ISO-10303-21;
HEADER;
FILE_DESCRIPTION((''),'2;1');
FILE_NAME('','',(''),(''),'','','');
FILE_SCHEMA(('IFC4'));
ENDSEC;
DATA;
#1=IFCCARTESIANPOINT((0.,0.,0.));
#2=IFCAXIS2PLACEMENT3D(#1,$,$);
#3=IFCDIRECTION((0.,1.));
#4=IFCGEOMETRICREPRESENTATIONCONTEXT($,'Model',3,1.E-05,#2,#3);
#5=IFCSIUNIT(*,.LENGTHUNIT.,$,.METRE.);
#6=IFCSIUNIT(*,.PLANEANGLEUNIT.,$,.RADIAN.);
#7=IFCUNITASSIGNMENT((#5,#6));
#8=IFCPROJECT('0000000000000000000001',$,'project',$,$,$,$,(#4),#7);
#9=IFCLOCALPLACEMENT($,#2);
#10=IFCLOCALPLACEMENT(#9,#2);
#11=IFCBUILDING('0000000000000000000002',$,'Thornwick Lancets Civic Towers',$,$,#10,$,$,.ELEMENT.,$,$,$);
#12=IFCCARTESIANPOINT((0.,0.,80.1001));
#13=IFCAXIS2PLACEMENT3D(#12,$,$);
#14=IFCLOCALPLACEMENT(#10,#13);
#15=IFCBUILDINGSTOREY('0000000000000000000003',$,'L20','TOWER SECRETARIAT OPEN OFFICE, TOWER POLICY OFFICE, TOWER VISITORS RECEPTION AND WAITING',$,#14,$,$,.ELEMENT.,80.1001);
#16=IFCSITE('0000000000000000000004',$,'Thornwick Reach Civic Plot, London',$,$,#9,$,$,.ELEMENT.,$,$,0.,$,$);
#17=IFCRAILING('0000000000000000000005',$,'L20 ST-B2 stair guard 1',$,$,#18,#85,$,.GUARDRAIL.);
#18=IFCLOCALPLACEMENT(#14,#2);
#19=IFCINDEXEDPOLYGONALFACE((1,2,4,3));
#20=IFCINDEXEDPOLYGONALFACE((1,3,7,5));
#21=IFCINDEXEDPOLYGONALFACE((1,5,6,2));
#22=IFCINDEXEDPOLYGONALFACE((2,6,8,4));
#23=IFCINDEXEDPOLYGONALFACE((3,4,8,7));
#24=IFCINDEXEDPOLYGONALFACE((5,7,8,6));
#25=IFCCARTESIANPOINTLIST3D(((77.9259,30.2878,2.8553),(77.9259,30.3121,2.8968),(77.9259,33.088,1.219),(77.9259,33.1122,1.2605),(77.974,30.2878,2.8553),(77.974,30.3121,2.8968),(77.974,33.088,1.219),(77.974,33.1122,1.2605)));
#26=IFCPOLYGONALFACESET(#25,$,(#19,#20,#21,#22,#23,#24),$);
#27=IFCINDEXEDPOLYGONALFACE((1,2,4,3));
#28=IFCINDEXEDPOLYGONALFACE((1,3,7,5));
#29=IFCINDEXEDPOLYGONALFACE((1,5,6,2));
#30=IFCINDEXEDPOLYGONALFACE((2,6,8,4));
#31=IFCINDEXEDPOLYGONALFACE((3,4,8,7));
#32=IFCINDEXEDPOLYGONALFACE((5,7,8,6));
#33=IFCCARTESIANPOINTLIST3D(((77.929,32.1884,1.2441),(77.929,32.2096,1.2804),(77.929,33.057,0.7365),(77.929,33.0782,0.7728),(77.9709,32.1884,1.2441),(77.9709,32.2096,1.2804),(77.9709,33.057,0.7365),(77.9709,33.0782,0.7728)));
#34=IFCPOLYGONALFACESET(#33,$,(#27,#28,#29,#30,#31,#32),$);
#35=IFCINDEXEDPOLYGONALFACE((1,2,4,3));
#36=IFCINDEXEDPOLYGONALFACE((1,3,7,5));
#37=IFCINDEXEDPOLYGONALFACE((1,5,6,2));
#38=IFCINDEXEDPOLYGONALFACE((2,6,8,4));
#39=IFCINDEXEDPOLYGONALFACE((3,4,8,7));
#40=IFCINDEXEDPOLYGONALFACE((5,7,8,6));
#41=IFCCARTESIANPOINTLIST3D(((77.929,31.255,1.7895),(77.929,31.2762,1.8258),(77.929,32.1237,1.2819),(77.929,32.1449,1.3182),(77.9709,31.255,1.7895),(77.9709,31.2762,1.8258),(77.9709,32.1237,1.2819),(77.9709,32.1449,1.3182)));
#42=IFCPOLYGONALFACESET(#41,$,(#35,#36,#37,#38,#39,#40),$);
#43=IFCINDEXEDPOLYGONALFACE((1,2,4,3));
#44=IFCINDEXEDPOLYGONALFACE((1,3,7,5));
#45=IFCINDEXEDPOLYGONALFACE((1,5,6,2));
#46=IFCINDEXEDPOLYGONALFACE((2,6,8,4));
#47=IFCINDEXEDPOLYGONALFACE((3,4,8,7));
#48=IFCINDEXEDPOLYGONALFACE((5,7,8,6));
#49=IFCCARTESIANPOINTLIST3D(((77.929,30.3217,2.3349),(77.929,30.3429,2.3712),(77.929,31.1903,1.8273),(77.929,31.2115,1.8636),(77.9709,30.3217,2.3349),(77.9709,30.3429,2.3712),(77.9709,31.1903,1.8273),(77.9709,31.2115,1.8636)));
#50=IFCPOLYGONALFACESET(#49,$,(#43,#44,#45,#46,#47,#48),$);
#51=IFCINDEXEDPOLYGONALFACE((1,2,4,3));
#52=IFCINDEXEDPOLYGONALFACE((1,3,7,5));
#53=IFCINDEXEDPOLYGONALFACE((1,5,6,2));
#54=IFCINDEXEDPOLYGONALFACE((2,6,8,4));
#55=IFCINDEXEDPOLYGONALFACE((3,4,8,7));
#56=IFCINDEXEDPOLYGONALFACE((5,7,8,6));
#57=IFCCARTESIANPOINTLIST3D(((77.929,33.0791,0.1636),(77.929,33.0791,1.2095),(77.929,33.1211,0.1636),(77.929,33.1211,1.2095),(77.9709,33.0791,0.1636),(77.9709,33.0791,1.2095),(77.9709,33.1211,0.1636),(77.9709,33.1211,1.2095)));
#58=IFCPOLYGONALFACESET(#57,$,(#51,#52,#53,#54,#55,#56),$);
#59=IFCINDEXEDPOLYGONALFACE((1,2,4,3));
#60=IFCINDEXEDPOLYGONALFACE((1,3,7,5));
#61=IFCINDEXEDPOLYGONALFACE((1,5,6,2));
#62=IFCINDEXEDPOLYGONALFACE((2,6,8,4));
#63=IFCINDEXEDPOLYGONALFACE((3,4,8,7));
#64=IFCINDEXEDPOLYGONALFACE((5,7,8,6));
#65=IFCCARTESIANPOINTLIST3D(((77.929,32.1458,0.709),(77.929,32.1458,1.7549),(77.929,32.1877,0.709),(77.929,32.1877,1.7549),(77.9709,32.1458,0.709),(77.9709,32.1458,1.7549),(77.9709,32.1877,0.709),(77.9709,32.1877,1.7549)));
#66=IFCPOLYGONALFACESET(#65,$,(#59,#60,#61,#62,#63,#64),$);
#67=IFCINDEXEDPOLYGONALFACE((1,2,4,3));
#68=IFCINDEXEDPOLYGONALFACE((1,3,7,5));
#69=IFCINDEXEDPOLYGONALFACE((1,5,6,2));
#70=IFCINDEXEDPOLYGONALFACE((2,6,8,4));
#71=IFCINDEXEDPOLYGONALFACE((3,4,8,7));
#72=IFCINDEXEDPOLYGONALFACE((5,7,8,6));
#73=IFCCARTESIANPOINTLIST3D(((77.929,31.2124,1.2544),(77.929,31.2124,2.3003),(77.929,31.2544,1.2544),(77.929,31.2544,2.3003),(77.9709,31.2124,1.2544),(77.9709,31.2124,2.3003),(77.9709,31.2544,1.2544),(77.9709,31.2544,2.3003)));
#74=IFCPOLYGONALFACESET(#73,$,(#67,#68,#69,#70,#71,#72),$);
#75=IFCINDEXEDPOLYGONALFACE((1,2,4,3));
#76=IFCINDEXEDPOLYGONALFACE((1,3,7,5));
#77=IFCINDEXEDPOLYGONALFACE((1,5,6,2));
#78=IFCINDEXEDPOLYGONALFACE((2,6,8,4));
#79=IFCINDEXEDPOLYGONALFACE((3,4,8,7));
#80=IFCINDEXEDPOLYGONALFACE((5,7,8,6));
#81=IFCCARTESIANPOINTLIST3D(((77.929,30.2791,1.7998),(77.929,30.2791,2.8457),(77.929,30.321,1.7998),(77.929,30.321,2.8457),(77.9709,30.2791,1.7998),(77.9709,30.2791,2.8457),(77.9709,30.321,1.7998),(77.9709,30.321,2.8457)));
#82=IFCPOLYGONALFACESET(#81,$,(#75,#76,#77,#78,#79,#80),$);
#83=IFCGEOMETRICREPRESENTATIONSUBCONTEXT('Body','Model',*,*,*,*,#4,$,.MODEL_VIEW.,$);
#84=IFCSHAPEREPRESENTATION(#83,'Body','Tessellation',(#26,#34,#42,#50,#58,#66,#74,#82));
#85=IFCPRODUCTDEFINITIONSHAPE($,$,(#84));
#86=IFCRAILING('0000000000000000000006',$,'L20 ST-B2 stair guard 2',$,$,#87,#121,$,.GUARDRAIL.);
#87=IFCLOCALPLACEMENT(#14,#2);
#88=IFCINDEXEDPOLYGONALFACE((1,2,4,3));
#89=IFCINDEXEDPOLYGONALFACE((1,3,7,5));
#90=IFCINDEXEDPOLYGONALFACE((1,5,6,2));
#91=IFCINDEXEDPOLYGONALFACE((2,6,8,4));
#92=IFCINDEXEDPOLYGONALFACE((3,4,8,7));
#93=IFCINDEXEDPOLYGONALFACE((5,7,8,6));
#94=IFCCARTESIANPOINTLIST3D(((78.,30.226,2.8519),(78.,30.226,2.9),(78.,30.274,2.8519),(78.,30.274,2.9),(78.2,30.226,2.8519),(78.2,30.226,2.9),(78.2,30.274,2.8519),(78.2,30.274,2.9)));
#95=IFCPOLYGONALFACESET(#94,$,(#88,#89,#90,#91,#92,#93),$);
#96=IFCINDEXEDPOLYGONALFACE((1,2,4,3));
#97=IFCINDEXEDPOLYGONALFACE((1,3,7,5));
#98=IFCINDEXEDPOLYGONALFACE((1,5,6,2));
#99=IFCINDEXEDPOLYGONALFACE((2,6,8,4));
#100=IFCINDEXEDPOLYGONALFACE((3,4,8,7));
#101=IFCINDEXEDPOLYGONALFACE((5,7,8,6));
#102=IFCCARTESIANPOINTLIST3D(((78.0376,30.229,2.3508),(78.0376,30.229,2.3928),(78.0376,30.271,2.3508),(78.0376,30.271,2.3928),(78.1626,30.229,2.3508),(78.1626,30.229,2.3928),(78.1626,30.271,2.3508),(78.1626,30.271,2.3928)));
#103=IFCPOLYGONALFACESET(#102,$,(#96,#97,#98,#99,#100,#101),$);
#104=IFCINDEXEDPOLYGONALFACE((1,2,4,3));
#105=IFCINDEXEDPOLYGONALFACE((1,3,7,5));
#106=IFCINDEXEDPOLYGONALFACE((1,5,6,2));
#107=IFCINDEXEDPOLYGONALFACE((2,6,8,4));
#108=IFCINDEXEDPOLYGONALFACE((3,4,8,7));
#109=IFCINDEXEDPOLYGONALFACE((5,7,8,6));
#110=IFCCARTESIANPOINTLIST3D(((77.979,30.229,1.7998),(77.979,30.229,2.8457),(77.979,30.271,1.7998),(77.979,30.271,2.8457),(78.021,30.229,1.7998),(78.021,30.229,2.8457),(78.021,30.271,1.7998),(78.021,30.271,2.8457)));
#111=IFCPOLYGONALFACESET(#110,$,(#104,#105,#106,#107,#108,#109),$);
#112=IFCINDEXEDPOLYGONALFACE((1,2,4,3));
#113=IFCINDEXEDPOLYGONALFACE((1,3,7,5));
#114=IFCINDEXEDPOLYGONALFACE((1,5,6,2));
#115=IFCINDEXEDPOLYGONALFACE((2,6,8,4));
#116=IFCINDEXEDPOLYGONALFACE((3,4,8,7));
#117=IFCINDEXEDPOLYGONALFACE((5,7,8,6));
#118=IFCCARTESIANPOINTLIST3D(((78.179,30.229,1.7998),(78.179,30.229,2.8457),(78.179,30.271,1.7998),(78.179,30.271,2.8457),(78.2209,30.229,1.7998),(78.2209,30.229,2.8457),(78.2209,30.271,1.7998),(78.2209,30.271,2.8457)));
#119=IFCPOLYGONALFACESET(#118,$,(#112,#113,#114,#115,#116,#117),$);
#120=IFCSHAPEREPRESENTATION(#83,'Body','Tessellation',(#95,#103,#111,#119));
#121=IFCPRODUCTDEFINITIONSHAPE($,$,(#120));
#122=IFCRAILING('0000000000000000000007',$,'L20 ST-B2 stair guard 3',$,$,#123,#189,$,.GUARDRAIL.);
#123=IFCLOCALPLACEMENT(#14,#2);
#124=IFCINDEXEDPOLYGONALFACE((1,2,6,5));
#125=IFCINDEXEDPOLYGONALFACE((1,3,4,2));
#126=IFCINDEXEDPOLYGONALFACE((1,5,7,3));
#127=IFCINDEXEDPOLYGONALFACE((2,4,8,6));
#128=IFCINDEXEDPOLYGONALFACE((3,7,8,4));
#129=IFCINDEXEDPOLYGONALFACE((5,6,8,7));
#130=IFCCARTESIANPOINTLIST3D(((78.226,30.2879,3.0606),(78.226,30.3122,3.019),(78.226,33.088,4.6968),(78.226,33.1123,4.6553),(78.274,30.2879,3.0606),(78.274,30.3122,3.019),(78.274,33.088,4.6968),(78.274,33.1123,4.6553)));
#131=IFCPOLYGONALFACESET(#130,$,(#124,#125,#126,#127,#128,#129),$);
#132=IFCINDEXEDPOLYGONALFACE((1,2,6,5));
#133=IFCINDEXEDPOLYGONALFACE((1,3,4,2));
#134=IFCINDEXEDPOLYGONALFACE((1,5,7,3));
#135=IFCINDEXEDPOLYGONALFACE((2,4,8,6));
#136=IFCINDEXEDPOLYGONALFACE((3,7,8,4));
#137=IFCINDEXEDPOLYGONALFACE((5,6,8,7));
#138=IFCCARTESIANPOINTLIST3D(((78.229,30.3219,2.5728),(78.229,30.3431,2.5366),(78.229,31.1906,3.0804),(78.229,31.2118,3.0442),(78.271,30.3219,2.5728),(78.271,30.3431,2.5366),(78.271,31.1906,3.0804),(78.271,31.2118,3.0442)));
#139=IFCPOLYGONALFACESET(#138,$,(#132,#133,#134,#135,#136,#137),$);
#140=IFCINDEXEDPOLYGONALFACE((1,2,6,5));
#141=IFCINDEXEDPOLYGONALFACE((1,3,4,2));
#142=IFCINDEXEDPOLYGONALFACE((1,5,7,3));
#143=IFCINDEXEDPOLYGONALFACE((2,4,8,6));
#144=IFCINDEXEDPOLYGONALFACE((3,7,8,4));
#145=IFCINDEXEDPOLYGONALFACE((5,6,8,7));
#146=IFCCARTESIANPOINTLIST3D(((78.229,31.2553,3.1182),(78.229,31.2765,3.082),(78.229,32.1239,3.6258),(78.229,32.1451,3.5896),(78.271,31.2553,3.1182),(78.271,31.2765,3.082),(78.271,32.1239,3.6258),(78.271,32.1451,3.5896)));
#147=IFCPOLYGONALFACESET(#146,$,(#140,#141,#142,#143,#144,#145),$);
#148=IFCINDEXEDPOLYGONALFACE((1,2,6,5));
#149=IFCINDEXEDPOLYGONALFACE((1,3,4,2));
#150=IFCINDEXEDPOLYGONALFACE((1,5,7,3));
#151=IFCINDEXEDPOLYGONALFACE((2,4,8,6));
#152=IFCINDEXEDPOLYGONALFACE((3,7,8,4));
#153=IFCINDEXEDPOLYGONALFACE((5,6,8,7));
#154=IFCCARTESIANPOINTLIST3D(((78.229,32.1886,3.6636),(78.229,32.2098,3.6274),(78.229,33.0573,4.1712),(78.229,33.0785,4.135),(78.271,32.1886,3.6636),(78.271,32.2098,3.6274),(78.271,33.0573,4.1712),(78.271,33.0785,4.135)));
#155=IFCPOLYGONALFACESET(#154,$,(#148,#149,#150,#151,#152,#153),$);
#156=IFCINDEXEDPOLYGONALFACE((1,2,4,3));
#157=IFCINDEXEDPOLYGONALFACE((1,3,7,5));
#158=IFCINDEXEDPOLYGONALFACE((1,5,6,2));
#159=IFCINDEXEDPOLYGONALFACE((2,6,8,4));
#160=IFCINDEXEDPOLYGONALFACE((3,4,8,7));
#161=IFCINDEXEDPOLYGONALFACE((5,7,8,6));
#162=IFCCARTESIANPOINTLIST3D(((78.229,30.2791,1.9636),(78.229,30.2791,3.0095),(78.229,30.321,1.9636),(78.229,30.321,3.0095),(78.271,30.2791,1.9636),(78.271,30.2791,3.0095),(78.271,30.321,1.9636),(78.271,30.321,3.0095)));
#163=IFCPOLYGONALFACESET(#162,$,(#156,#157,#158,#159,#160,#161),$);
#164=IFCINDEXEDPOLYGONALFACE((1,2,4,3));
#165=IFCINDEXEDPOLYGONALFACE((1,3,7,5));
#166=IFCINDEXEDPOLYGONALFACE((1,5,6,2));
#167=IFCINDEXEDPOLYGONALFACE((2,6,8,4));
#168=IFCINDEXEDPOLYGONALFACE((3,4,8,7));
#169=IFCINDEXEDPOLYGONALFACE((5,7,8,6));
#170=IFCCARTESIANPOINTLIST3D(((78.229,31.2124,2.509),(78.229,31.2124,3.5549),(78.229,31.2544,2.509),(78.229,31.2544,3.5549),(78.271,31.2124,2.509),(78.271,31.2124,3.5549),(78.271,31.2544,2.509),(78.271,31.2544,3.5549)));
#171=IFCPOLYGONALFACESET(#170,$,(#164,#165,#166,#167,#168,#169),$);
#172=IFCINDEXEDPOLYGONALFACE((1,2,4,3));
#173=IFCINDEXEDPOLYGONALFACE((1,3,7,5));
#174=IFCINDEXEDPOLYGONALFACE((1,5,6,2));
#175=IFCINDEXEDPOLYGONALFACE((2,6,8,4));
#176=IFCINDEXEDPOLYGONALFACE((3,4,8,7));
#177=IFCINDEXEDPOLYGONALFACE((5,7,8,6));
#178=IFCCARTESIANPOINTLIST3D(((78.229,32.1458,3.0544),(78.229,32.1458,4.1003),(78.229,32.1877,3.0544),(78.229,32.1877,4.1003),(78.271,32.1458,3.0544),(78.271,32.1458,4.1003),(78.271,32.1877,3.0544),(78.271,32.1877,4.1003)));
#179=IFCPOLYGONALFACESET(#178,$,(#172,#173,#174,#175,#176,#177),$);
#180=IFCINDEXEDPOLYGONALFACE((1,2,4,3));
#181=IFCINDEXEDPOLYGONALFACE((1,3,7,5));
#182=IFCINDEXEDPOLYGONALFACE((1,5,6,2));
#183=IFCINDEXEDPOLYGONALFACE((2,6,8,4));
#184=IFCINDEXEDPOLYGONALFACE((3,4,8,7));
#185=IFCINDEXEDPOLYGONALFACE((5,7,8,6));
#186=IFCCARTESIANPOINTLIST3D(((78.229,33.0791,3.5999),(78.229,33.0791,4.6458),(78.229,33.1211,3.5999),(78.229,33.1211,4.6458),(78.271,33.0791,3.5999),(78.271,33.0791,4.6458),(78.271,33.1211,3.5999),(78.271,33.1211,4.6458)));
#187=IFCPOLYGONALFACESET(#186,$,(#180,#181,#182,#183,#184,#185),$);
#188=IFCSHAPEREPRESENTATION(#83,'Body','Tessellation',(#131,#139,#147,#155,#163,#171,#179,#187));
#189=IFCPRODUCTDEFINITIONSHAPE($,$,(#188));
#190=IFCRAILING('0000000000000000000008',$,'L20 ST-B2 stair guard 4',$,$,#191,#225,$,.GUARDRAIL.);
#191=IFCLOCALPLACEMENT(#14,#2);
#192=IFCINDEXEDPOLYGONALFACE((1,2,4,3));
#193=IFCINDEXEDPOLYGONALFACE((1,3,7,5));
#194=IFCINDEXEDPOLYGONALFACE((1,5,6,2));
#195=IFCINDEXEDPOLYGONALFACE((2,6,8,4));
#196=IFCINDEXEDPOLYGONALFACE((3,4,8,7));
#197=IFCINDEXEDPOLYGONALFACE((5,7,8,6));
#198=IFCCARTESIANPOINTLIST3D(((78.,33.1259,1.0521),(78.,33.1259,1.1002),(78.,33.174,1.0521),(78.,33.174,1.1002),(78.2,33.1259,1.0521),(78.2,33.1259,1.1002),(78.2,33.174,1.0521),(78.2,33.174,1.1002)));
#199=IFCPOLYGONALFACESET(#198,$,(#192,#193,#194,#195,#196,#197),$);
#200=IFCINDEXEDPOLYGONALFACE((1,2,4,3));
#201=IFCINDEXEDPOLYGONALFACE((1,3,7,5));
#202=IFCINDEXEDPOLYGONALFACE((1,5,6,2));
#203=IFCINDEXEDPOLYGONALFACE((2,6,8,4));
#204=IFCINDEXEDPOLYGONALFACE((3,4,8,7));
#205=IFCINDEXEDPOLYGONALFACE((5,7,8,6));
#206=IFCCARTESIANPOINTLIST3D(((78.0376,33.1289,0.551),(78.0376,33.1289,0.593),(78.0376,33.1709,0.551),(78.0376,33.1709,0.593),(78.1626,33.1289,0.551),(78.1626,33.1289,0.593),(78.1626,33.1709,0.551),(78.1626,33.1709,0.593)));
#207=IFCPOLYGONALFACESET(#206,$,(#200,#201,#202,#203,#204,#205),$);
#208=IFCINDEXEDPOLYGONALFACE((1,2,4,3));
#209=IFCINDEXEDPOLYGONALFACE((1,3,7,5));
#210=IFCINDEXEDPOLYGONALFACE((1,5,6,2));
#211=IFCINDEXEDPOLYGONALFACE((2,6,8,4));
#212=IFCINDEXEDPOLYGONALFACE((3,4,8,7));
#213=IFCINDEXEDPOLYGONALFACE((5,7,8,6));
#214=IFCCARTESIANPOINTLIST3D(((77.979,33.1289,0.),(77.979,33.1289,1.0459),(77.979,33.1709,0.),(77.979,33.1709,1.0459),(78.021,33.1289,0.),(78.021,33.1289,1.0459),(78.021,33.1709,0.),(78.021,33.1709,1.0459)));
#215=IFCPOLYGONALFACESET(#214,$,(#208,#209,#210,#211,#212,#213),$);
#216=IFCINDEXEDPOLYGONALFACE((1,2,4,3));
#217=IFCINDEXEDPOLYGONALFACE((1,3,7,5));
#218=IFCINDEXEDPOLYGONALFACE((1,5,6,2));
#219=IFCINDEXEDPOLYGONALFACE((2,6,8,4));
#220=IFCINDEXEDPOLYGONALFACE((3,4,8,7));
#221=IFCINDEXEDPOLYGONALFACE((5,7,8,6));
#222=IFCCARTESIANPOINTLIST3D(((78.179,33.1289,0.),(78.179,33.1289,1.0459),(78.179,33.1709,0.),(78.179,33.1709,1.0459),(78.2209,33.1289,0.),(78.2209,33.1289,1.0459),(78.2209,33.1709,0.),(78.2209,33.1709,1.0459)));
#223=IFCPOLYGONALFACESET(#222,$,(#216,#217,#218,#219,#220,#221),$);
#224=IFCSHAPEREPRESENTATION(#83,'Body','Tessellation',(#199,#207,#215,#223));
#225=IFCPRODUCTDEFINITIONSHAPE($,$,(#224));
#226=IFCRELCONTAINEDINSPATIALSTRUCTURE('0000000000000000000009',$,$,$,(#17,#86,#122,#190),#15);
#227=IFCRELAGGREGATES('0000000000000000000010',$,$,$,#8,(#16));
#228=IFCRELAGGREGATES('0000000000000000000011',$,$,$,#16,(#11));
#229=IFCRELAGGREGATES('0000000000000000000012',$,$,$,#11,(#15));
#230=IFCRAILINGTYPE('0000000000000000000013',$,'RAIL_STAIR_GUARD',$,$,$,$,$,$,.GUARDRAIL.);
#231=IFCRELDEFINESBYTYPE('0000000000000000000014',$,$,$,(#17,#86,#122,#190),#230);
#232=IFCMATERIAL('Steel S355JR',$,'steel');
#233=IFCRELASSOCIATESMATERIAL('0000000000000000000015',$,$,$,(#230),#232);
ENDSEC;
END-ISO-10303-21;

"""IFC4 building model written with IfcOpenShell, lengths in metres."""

from ifc_helpers import new_model, si_unit, direction, frame, origin, origin_2d, place, context, subcontext, project, spatial, rectangle, extrude, material, type_object, element, save


model = new_model("IFC4")

# Units and contexts
model_context = context("Model", 3, precision=1e-05, world=origin(), true_north=direction((0.0, 1.0)))
body_context = subcontext(model_context, "Body", "Model", "MODEL_VIEW")
ifc_project = project(units=[si_unit("LENGTHUNIT", "METRE"), si_unit("PLANEANGLEUNIT", "RADIAN")], contexts=[model_context])

# Site, building, storey
site_placement = place(None, origin())
site = spatial("IfcSite", under=ifc_project, at=site_placement, Name="Thornwick Reach Civic Plot, London", CompositionType="ELEMENT", RefElevation=0.0)
building_placement = place(site_placement, origin())
building = spatial("IfcBuilding", under=site, at=building_placement, Name="Thornwick Lancets Civic Towers", CompositionType="ELEMENT")
storey_placement = place(building_placement, frame((0.0, 0.0, 80.1001)))
storey = spatial("IfcBuildingStorey", under=building, at=storey_placement, Name="L20", Description="TOWER SECRETARIAT OPEN OFFICE, TOWER POLICY OFFICE, TOWER VISITORS RECEPTION AND WAITING", CompositionType="ELEMENT", Elevation=80.1001)

# Railings
ifc_material_1 = material(Name="Steel S355JR", Category="steel")
railing_type_1 = type_object("IfcRailingType", Name="RAIL_STAIR_GUARD", PredefinedType="GUARDRAIL", material=ifc_material_1)
railing_1_placement = place(storey_placement, frame((77.95, 33.1001, 0.1636)))
element("IfcRailing", 1, at=railing_1_placement, inside=storey, type_object=railing_type_1, Name="L20 ST-B2 stair guard 1", PredefinedType="GUARDRAIL", context=body_context, shape_type="SweptSolid", body=[
    extrude(rectangle(XDim=0.0481, YDim=0.0481, at=origin_2d()), frame((0.0, 0.0, 1.0762), z_axis=(0.0, -0.863394, 0.504531), x_axis=(1.0, 0.0, 0.0)), (0.0, 0.0, 1.0), 3.2432),
    extrude(rectangle(XDim=0.042, YDim=0.042, at=origin_2d()), frame((0.0, -0.0325, 0.5911), z_axis=(0.0, -0.863394, 0.504531), x_axis=(1.0, 0.0, 0.0)), (0.0, 0.0, 1.0), 1.0061),
    extrude(rectangle(XDim=0.042, YDim=0.042, at=origin_2d()), frame((0.0, -0.9658, 1.1365), z_axis=(0.0, -0.863394, 0.504531), x_axis=(1.0, 0.0, 0.0)), (0.0, 0.0, 1.0), 1.0061),
    extrude(rectangle(XDim=0.042, YDim=0.042, at=origin_2d()), frame((0.0, -1.8992, 1.6819), z_axis=(0.0, -0.863394, 0.504531), x_axis=(1.0, 0.0, 0.0)), (0.0, 0.0, 1.0), 1.0061),
    extrude(rectangle(XDim=0.042, YDim=0.042, at=origin_2d()), origin(), (0.0, 0.0, 1.0), 1.0459),
    extrude(rectangle(XDim=0.042, YDim=0.042, at=origin_2d()), frame((0.0, -0.9333, 0.5454)), (0.0, 0.0, 1.0), 1.0459),
    extrude(rectangle(XDim=0.042, YDim=0.042, at=origin_2d()), frame((0.0, -1.8667, 1.0908)), (0.0, 0.0, 1.0), 1.0459),
    extrude(rectangle(XDim=0.042, YDim=0.042, at=origin_2d()), frame((0.0, -2.8, 1.6362)), (0.0, 0.0, 1.0), 1.0459),
])
railing_2_placement = place(storey_placement, frame((78.0, 30.25, 1.7998)))
element("IfcRailing", 2, at=railing_2_placement, inside=storey, type_object=railing_type_1, Name="L20 ST-B2 stair guard 2", PredefinedType="GUARDRAIL", context=body_context, shape_type="SweptSolid", body=[
    extrude(rectangle(XDim=0.0481, YDim=0.0481, at=origin_2d()), frame((0.0, 0.0, 1.0762), z_axis=(1.0, 0.0, 0.0), x_axis=(0.0, 1.0, 0.0)), (0.0, 0.0, 1.0), 0.2),
    extrude(rectangle(XDim=0.042, YDim=0.042, at=origin_2d()), frame((0.0376, 0.0, 0.572), z_axis=(1.0, 0.0, 0.0), x_axis=(0.0, 1.0, 0.0)), (0.0, 0.0, 1.0), 0.125),
    extrude(rectangle(XDim=0.042, YDim=0.042, at=origin_2d()), origin(), (0.0, 0.0, 1.0), 1.0459),
    extrude(rectangle(XDim=0.042, YDim=0.042, at=origin_2d()), frame((0.2, 0.0, 0.0)), (0.0, 0.0, 1.0), 1.0459),
])
railing_3_placement = place(storey_placement, frame((78.25, 30.3, 1.9636)))
element("IfcRailing", 3, at=railing_3_placement, inside=storey, type_object=railing_type_1, Name="L20 ST-B2 stair guard 3", PredefinedType="GUARDRAIL", context=body_context, shape_type="SweptSolid", body=[
    extrude(rectangle(XDim=0.0481, YDim=0.0481, at=origin_2d()), frame((0.0, 0.0, 1.0762), z_axis=(0.0, 0.863394, 0.504531), x_axis=(-1.0, 0.0, 0.0)), (0.0, 0.0, 1.0), 3.2432),
    extrude(rectangle(XDim=0.042, YDim=0.042, at=origin_2d()), frame((0.0, 0.0325, 0.5911), z_axis=(0.0, 0.863394, 0.504531), x_axis=(-1.0, 0.0, 0.0)), (0.0, 0.0, 1.0), 1.0061),
    extrude(rectangle(XDim=0.042, YDim=0.042, at=origin_2d()), frame((0.0, 0.9658, 1.1365), z_axis=(0.0, 0.863394, 0.504531), x_axis=(-1.0, 0.0, 0.0)), (0.0, 0.0, 1.0), 1.0061),
    extrude(rectangle(XDim=0.042, YDim=0.042, at=origin_2d()), frame((0.0, 1.8992, 1.6819), z_axis=(0.0, 0.863394, 0.504531), x_axis=(-1.0, 0.0, 0.0)), (0.0, 0.0, 1.0), 1.0061),
    extrude(rectangle(XDim=0.042, YDim=0.042, at=origin_2d()), origin(), (0.0, 0.0, 1.0), 1.0459),
    extrude(rectangle(XDim=0.042, YDim=0.042, at=origin_2d()), frame((0.0, 0.9333, 0.5454)), (0.0, 0.0, 1.0), 1.0459),
    extrude(rectangle(XDim=0.042, YDim=0.042, at=origin_2d()), frame((0.0, 1.8667, 1.0908)), (0.0, 0.0, 1.0), 1.0459),
    extrude(rectangle(XDim=0.042, YDim=0.042, at=origin_2d()), frame((0.0, 2.8, 1.6362)), (0.0, 0.0, 1.0), 1.0459),
])
railing_4_placement = place(storey_placement, frame((78.0, 33.1499, 0.0)))
element("IfcRailing", 4, at=railing_4_placement, inside=storey, type_object=railing_type_1, Name="L20 ST-B2 stair guard 4", PredefinedType="GUARDRAIL", context=body_context, shape_type="SweptSolid", body=[
    extrude(rectangle(XDim=0.0481, YDim=0.0481, at=origin_2d()), frame((0.0, 0.0, 1.0762), z_axis=(1.0, 0.0, 0.0), x_axis=(0.0, 1.0, 0.0)), (0.0, 0.0, 1.0), 0.2),
    extrude(rectangle(XDim=0.042, YDim=0.042, at=origin_2d()), frame((0.0376, 0.0, 0.572), z_axis=(1.0, 0.0, 0.0), x_axis=(0.0, 1.0, 0.0)), (0.0, 0.0, 1.0), 0.125),
    extrude(rectangle(XDim=0.042, YDim=0.042, at=origin_2d()), origin(), (0.0, 0.0, 1.0), 1.0459),
    extrude(rectangle(XDim=0.042, YDim=0.042, at=origin_2d()), frame((0.2, 0.0, 0.0)), (0.0, 0.0, 1.0), 1.0459),
])

save(model, "model.ifc")
